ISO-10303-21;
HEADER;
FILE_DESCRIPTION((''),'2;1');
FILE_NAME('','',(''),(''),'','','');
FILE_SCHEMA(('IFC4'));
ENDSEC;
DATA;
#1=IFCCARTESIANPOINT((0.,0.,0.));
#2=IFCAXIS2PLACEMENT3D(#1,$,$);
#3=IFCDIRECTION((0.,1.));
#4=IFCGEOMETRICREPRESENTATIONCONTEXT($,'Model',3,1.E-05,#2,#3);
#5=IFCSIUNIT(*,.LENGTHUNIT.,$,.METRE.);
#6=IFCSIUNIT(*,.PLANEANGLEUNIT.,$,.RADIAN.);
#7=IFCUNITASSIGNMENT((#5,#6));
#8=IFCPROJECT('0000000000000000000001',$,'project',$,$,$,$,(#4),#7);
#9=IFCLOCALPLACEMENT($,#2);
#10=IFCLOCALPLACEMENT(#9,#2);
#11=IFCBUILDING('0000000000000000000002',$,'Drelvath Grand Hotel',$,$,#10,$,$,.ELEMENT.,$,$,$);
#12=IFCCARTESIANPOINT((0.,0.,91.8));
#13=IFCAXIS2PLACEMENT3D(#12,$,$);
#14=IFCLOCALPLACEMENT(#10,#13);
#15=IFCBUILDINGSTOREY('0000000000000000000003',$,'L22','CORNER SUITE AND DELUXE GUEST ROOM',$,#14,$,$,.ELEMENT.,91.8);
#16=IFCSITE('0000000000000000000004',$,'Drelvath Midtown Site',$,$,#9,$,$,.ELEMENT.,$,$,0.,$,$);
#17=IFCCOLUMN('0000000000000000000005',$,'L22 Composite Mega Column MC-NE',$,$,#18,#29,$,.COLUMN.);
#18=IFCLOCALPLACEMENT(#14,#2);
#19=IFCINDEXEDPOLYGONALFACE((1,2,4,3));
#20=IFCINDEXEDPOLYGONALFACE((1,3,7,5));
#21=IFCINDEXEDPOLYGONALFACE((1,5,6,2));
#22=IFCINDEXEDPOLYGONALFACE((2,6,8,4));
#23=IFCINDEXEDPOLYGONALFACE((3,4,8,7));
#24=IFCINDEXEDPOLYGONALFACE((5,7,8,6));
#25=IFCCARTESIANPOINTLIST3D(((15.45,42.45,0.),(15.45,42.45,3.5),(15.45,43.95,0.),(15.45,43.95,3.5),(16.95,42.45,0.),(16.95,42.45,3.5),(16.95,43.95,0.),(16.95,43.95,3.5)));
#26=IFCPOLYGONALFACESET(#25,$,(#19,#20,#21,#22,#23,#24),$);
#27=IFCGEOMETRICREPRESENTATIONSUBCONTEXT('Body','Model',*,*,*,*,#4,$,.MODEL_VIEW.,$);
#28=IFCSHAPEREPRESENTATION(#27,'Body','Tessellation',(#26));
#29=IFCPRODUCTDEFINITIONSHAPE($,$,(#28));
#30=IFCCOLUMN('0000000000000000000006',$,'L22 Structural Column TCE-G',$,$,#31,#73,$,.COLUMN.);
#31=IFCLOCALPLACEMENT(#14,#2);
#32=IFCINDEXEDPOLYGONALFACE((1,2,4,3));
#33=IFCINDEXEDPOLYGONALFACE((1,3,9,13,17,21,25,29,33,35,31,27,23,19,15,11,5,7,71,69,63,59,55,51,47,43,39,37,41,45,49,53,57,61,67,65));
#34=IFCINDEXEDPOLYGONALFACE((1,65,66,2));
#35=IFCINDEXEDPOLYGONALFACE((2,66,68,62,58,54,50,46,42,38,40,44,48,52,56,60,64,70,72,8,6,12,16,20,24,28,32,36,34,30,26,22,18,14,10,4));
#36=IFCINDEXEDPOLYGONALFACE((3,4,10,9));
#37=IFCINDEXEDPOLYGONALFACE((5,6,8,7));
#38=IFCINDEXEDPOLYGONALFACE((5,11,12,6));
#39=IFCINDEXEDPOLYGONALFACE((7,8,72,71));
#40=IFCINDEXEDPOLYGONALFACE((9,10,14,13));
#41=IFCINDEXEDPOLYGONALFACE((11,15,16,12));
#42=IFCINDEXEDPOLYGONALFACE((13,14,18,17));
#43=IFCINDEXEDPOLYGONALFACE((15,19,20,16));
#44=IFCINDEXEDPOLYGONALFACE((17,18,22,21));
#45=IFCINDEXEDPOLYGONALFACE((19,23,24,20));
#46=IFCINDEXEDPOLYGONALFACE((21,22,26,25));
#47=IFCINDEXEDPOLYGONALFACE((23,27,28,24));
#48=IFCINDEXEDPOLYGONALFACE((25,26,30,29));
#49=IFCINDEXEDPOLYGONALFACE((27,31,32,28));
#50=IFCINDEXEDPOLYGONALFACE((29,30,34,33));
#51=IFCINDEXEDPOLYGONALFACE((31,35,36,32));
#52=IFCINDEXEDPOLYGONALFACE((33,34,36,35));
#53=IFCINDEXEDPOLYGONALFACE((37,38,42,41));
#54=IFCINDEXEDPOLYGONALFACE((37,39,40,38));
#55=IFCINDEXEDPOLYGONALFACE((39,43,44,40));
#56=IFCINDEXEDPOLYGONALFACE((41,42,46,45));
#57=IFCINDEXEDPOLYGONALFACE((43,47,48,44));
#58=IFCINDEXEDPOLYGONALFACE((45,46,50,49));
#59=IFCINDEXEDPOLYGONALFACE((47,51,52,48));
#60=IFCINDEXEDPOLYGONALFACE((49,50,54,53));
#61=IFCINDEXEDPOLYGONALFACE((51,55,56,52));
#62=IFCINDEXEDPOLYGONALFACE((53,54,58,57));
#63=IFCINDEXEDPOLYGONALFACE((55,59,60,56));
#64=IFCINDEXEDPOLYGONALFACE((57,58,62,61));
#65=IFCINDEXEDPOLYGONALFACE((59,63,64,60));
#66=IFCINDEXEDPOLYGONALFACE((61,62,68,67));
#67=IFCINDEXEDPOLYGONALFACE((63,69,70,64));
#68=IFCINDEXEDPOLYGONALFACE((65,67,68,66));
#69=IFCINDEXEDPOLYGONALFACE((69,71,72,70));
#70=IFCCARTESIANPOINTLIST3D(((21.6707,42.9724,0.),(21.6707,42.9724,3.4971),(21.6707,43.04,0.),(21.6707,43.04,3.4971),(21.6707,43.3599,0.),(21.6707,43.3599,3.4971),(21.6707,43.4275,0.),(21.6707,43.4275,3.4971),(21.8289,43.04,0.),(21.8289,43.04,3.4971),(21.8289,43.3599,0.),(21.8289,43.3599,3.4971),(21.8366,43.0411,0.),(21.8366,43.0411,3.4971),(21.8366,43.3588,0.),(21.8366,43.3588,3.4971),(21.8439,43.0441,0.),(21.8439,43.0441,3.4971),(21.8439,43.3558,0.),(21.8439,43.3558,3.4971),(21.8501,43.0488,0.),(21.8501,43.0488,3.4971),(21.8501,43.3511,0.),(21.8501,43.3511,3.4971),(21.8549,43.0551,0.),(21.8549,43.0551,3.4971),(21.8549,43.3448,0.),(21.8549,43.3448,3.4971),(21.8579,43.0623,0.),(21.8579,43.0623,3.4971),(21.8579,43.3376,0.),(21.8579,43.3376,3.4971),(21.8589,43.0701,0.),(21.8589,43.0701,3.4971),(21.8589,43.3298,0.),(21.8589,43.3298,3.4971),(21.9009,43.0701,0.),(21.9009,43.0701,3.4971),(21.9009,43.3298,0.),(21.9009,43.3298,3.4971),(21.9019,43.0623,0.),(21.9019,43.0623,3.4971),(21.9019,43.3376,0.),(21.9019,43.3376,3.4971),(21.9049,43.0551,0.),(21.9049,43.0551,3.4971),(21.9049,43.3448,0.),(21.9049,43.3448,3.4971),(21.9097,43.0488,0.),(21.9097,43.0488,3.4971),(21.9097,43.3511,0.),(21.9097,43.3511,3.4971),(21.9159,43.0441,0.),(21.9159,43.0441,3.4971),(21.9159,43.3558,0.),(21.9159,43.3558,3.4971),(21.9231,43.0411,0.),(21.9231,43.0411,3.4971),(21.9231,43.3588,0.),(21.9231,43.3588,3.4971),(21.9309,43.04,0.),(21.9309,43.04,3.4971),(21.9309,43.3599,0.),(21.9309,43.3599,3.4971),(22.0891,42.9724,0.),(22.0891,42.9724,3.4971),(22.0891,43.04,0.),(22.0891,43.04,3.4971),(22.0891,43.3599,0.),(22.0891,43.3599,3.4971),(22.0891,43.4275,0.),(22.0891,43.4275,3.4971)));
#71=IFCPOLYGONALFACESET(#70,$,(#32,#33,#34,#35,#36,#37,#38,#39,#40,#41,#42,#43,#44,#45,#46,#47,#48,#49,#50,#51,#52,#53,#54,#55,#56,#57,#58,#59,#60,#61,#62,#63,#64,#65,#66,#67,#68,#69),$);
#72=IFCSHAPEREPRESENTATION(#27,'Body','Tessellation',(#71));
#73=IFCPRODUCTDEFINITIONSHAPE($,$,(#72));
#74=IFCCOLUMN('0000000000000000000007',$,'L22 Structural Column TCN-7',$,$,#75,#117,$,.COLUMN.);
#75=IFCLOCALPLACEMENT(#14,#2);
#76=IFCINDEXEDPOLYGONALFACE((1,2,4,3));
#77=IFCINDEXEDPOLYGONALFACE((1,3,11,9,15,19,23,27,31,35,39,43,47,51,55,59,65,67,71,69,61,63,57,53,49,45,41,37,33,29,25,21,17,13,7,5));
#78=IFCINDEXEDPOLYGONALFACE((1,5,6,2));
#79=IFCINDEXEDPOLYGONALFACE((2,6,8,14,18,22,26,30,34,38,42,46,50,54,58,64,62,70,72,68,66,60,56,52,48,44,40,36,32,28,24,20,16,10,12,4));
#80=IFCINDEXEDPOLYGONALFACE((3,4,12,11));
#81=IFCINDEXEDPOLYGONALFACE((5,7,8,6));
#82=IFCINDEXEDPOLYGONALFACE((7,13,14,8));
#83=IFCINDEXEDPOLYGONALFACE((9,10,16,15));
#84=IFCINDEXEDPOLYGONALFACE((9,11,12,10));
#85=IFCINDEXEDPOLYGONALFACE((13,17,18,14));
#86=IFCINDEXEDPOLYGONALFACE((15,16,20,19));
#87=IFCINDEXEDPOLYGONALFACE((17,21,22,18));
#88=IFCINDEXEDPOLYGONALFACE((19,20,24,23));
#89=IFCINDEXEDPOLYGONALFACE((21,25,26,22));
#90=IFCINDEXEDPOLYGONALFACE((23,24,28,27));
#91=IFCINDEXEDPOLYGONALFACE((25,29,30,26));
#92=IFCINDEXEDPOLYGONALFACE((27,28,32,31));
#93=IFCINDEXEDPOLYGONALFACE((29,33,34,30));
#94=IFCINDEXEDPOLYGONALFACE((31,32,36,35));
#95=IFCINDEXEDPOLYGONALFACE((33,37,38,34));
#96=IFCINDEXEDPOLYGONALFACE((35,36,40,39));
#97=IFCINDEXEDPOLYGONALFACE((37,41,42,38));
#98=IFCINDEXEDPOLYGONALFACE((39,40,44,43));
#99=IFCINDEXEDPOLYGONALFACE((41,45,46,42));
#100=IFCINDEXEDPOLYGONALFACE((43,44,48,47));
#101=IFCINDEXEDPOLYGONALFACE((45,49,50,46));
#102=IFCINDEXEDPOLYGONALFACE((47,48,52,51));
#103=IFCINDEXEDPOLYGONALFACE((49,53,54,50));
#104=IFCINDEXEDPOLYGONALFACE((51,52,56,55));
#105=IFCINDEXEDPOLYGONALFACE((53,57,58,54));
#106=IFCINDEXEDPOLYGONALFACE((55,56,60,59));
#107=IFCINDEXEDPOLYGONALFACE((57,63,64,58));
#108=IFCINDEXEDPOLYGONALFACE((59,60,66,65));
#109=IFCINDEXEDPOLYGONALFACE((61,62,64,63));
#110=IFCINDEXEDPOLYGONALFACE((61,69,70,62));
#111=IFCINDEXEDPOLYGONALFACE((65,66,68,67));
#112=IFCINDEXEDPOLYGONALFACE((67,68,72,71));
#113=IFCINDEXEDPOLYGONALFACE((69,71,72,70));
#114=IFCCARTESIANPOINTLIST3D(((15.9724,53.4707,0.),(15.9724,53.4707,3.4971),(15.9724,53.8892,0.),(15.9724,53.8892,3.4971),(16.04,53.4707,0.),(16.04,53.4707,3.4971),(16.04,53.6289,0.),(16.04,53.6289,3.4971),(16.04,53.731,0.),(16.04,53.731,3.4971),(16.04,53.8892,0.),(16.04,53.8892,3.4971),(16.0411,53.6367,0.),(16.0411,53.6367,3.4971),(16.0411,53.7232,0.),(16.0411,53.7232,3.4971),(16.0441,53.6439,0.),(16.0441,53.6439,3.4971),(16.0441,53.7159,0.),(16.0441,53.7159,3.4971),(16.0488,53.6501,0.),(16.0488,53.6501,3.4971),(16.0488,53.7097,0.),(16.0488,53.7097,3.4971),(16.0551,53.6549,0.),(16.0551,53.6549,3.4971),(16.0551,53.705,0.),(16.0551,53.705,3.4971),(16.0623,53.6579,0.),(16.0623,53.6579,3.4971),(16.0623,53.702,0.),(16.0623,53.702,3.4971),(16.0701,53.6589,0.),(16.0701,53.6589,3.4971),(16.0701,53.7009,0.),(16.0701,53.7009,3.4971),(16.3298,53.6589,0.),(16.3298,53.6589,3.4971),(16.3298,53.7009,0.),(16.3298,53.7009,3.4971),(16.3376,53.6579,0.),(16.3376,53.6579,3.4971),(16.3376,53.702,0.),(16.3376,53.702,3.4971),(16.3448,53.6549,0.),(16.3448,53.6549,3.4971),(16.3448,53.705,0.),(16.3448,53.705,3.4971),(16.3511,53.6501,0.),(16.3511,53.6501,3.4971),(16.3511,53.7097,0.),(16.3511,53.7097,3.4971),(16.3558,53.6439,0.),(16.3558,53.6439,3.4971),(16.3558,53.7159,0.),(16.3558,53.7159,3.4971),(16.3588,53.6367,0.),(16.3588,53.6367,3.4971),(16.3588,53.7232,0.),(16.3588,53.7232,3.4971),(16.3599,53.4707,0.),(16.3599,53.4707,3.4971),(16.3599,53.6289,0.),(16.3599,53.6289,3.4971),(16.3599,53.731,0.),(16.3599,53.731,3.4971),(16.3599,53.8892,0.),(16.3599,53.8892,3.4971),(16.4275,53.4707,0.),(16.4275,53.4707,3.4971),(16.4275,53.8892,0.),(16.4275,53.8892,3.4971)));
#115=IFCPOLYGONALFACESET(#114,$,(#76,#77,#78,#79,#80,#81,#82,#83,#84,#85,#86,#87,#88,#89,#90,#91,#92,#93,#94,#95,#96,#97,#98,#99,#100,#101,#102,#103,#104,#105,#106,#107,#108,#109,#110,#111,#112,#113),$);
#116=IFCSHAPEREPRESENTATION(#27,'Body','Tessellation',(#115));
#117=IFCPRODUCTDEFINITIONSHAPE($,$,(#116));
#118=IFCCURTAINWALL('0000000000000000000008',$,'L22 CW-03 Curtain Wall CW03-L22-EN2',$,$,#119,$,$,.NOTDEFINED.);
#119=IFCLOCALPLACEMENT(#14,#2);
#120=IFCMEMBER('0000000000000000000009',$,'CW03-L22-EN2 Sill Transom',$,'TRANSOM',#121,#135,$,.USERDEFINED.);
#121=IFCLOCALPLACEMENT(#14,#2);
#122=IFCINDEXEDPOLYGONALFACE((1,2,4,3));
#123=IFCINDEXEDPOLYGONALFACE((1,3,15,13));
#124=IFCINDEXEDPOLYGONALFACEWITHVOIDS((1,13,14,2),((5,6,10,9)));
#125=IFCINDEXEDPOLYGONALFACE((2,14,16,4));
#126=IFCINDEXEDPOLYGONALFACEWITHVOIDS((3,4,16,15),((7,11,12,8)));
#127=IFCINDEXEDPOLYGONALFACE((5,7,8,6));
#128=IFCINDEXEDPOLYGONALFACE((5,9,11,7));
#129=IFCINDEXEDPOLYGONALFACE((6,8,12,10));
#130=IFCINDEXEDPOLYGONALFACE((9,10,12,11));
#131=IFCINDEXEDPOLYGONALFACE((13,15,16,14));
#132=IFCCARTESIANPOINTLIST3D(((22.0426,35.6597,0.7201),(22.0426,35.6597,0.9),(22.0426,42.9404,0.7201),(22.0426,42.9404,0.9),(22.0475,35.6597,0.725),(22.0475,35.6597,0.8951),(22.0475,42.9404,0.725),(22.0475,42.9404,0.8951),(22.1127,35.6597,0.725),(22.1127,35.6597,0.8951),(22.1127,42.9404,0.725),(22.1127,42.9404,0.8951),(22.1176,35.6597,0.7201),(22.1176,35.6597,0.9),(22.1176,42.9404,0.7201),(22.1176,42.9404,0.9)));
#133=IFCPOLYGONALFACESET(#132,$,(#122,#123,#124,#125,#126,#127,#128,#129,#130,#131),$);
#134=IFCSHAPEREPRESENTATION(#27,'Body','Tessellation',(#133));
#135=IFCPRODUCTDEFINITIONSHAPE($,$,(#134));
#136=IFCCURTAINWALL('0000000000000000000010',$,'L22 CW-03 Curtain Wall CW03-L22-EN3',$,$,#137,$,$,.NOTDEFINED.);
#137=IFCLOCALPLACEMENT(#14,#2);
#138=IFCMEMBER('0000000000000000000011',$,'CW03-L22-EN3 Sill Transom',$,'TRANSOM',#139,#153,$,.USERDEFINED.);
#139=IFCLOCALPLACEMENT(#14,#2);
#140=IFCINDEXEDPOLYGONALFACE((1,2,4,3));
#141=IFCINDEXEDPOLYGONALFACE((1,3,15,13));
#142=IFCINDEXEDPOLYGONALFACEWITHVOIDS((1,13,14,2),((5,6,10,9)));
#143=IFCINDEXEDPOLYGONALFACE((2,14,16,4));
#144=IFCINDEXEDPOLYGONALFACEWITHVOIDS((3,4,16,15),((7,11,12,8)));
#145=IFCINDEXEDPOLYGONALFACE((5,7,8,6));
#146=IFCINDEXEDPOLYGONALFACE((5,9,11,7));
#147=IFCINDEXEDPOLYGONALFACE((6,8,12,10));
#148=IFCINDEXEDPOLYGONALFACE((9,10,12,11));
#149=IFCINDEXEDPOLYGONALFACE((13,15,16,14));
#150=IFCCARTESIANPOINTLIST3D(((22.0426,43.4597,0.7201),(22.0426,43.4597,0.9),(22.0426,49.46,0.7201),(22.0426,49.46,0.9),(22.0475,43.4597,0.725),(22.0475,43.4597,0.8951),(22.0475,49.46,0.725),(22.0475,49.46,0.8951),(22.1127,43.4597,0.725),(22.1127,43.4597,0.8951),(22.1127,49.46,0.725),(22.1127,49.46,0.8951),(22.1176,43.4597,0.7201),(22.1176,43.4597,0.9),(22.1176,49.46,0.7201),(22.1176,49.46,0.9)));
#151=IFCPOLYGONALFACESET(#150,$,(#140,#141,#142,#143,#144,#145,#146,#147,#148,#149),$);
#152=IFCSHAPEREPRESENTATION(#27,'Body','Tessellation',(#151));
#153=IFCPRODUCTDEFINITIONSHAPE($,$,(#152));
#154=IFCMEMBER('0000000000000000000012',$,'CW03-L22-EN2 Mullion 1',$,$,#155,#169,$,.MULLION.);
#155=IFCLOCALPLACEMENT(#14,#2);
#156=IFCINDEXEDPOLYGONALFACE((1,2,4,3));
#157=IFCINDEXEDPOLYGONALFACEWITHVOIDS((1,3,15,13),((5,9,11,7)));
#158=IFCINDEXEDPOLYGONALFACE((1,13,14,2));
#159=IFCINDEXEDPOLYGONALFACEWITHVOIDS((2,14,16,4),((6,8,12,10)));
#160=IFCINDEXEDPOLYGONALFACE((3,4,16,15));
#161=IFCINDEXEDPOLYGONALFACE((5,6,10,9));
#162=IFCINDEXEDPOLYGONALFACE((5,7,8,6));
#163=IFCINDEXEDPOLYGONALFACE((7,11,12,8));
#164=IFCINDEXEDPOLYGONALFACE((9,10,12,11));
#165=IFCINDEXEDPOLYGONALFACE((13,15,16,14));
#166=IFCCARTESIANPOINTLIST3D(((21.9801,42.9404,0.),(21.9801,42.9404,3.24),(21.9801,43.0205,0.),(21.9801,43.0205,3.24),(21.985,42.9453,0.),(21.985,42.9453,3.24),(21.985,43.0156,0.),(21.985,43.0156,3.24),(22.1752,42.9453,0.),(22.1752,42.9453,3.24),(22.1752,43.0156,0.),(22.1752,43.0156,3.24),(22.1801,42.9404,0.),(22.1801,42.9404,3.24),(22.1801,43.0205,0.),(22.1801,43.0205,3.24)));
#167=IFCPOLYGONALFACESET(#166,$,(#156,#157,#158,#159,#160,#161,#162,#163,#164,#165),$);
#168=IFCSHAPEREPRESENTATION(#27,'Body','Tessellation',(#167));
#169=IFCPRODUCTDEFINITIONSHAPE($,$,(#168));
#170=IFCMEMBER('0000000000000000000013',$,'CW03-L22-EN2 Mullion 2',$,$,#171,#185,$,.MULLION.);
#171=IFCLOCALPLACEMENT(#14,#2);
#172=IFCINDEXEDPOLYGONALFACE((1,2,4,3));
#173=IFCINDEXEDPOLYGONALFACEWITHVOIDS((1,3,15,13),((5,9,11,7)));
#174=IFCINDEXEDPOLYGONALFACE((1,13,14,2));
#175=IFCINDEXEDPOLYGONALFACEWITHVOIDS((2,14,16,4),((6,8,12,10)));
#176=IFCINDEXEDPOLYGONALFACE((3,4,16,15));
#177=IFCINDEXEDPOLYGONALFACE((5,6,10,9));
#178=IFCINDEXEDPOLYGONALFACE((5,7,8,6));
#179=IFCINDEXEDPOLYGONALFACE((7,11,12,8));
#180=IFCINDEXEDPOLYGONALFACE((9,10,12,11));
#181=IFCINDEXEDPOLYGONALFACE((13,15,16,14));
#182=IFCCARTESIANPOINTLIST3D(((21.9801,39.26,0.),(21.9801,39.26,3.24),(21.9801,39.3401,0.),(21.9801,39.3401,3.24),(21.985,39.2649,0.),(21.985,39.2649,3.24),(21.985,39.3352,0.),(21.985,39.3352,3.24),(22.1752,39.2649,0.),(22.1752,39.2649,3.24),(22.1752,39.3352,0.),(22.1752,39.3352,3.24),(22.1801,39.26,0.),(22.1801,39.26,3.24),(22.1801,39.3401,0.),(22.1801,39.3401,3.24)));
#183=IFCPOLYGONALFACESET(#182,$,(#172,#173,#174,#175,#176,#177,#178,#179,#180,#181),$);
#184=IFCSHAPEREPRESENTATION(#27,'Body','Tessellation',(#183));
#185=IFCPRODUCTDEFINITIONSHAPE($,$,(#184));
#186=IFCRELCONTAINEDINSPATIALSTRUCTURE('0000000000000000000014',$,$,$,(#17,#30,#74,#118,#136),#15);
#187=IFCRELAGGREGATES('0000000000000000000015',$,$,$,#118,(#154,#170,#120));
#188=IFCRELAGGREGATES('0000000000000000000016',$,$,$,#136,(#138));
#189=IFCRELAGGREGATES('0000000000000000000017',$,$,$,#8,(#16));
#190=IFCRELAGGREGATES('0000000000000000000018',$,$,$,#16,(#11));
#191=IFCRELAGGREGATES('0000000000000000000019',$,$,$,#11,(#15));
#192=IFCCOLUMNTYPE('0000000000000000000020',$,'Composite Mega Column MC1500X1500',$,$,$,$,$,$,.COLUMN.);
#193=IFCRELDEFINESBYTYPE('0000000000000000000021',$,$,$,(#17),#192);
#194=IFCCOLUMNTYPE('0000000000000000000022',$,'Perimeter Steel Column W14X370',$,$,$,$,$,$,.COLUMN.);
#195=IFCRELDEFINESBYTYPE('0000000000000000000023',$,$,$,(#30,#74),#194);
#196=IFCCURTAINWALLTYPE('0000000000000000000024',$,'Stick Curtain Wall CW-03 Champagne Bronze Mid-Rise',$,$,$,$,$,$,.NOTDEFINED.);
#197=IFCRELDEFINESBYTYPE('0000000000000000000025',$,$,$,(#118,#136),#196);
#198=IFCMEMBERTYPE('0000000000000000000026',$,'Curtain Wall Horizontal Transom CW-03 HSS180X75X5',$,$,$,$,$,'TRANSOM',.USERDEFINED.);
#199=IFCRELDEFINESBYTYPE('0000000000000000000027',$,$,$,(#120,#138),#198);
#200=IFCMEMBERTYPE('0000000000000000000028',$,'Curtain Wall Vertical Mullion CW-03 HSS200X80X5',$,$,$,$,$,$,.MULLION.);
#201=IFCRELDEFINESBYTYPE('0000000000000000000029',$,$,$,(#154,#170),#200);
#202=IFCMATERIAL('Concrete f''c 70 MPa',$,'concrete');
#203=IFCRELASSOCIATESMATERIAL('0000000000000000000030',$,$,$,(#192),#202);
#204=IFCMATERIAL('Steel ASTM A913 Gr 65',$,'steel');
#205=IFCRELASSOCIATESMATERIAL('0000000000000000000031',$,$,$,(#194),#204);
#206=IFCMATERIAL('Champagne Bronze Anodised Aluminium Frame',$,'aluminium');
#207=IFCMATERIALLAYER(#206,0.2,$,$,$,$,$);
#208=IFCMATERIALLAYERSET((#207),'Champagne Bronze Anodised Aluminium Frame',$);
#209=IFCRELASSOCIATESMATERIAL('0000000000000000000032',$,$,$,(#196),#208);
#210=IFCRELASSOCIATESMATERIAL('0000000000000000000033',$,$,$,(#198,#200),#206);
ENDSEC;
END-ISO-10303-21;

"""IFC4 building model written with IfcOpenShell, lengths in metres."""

from ifc_helpers import new_model, si_unit, direction, frame, origin, origin_2d, place, context, subcontext, project, spatial, rectangle, hollow_rectangle, i_section, extrude, material, layer, layer_set, material_profile, profile_set, type_object, element, aggregate, save


model = new_model("IFC4")

# Units and contexts
model_context = context("Model", 3, precision=1e-05, world=origin(), true_north=direction((0.0, 1.0)))
body_context = subcontext(model_context, "Body", "Model", "MODEL_VIEW")
ifc_project = project(units=[si_unit("LENGTHUNIT", "METRE"), si_unit("PLANEANGLEUNIT", "RADIAN")], contexts=[model_context])

# Site, building, storey
site_placement = place(None, origin())
site = spatial("IfcSite", under=ifc_project, at=site_placement, Name="Drelvath Midtown Site", CompositionType="ELEMENT", RefElevation=0.0)
building_placement = place(site_placement, origin())
building = spatial("IfcBuilding", under=site, at=building_placement, Name="Drelvath Grand Hotel", CompositionType="ELEMENT")
storey_placement = place(building_placement, frame((0.0, 0.0, 91.8)))
storey = spatial("IfcBuildingStorey", under=building, at=storey_placement, Name="L22", Description="CORNER SUITE AND DELUXE GUEST ROOM", CompositionType="ELEMENT", Elevation=91.8)

# Columns
ifc_material_1 = material(Name="Concrete f'c 70 MPa", Category="concrete")
ifc_material_profile_1 = material_profile(ifc_material_1, rectangle(XDim=1.5, YDim=1.5, at=origin_2d()), Name="MC1500X1500")
ifc_profile_set_1 = profile_set([ifc_material_profile_1], Name="Concrete f'c 70 MPa")
column_type_1 = type_object("IfcColumnType", Name="Composite Mega Column MC1500X1500", PredefinedType="COLUMN", material=ifc_profile_set_1)
column_placement = place(storey_placement, frame((16.2, 43.2, 0.0), z_axis=(0.0, 0.0, 1.0), x_axis=(1.0, 0.0, 0.0)))
element("IfcColumn", 1, at=column_placement, inside=storey, type_object=column_type_1, Name="L22 Composite Mega Column MC-NE", PredefinedType="COLUMN", context=body_context, shape_type="SweptSolid", body=[
    extrude(rectangle(XDim=1.5, YDim=1.5, at=origin_2d()), origin(), (0.0, 0.0, 1.0), 3.5),
])
ifc_material_2 = material(Name="Steel ASTM A913 Gr 65", Category="steel")
ifc_material_profile_2 = material_profile(ifc_material_2, i_section(OverallWidth=0.4185, OverallDepth=0.4551, WebThickness=0.042, FlangeThickness=0.0676, FilletRadius=0.03, at=origin_2d()), Name="W14X370")
ifc_profile_set_2 = profile_set([ifc_material_profile_2], Name="Steel ASTM A913 Gr 65")
column_type_2 = type_object("IfcColumnType", Name="Perimeter Steel Column W14X370", PredefinedType="COLUMN", material=ifc_profile_set_2)
for number, where, z_axis, x_axis, name in (
    (2, (21.8799, 43.2, 0.0), (0.0, 0.0, 1.0), (1.0, 0.0, 0.0), "L22 Structural Column TCE-G"),
    (3, (16.2, 53.6799, 0.0), (0.0, 0.0, 1.0), (0.0, 1.0, 0.0), "L22 Structural Column TCN-7"),
):
    element("IfcColumn", number, at=place(storey_placement, frame(where, z_axis=z_axis, x_axis=x_axis)), inside=storey, type_object=column_type_2, Name=name, PredefinedType="COLUMN", context=body_context, shape_type="SweptSolid", body=[
        extrude(i_section(OverallWidth=0.4185, OverallDepth=0.4551, WebThickness=0.042, FlangeThickness=0.0676, FilletRadius=0.03, at=origin_2d()), origin(), (0.0, 0.0, 1.0), 3.4971),
    ])

# Curtain walls, members
ifc_material_3 = material(Name="Champagne Bronze Anodised Aluminium Frame", Category="aluminium")
ifc_layer_1 = layer(ifc_material_3, 0.2)
ifc_layer_set_1 = layer_set([ifc_layer_1], Name="Champagne Bronze Anodised Aluminium Frame")
curtain_wall_type = type_object("IfcCurtainWallType", Name="Stick Curtain Wall CW-03 Champagne Bronze Mid-Rise", PredefinedType="NOTDEFINED", material=ifc_layer_set_1)
curtain_wall_1_placement = place(storey_placement, origin())
curtain_wall_1 = element("IfcCurtainWall", 4, at=curtain_wall_1_placement, inside=storey, type_object=curtain_wall_type, Name="L22 CW-03 Curtain Wall CW03-L22-EN2", PredefinedType="NOTDEFINED")
ifc_material_profile_3 = material_profile(ifc_material_3, hollow_rectangle(XDim=0.075, YDim=0.1799, WallThickness=0.0049, at=origin_2d()), Name="HSS180X75X5")
ifc_profile_set_3 = profile_set([ifc_material_profile_3], Name="Champagne Bronze Anodised Aluminium Frame")
member_type_1 = type_object("IfcMemberType", Name="Curtain Wall Horizontal Transom CW-03 HSS180X75X5", ElementType="TRANSOM", PredefinedType="USERDEFINED", material=ifc_profile_set_3)
member_1_placement = place(storey_placement, frame((22.0801, 42.9404, 0.8101), z_axis=(0.0, -1.0, 0.0), x_axis=(1.0, 0.0, 0.0)))
member_1 = element("IfcMember", 5, at=member_1_placement, type_object=member_type_1, Name="CW03-L22-EN2 Sill Transom", ObjectType="TRANSOM", PredefinedType="USERDEFINED", context=body_context, shape_type="SweptSolid", body=[
    extrude(hollow_rectangle(XDim=0.075, YDim=0.1799, WallThickness=0.0049, at=origin_2d()), origin(), (0.0, 0.0, 1.0), 7.2808),
])
curtain_wall_2_placement = place(storey_placement, origin())
curtain_wall_2 = element("IfcCurtainWall", 6, at=curtain_wall_2_placement, inside=storey, type_object=curtain_wall_type, Name="L22 CW-03 Curtain Wall CW03-L22-EN3", PredefinedType="NOTDEFINED")
member_2_placement = place(storey_placement, frame((22.0801, 49.46, 0.8101), z_axis=(0.0, -1.0, 0.0), x_axis=(1.0, 0.0, 0.0)))
member_2 = element("IfcMember", 7, at=member_2_placement, type_object=member_type_1, Name="CW03-L22-EN3 Sill Transom", ObjectType="TRANSOM", PredefinedType="USERDEFINED", context=body_context, shape_type="SweptSolid", body=[
    extrude(hollow_rectangle(XDim=0.075, YDim=0.1799, WallThickness=0.0049, at=origin_2d()), origin(), (0.0, 0.0, 1.0), 6.0002),
])

# Members
ifc_material_profile_4 = material_profile(ifc_material_3, hollow_rectangle(XDim=0.0801, YDim=0.2, WallThickness=0.0049, at=origin_2d()), Name="HSS200X80X5")
ifc_profile_set_4 = profile_set([ifc_material_profile_4], Name="Champagne Bronze Anodised Aluminium Frame")
member_type_2 = type_object("IfcMemberType", Name="Curtain Wall Vertical Mullion CW-03 HSS200X80X5", PredefinedType="MULLION", material=ifc_profile_set_4)
member_3_placement = place(storey_placement, frame((22.0801, 42.9805, 0.0), z_axis=(0.0, 0.0, 1.0), x_axis=(0.0, 1.0, 0.0)))
member_3 = element("IfcMember", 8, at=member_3_placement, type_object=member_type_2, Name="CW03-L22-EN2 Mullion 1", PredefinedType="MULLION", context=body_context, shape_type="SweptSolid", body=[
    extrude(hollow_rectangle(XDim=0.0801, YDim=0.2, WallThickness=0.0049, at=origin_2d()), origin(), (0.0, 0.0, 1.0), 3.24),
])
member_4_placement = place(storey_placement, frame((22.0801, 39.3, 0.0), z_axis=(0.0, 0.0, 1.0), x_axis=(0.0, 1.0, 0.0)))
member_4 = element("IfcMember", 9, at=member_4_placement, type_object=member_type_2, Name="CW03-L22-EN2 Mullion 2", PredefinedType="MULLION", context=body_context, shape_type="SweptSolid", body=[
    extrude(hollow_rectangle(XDim=0.0801, YDim=0.2, WallThickness=0.0049, at=origin_2d()), origin(), (0.0, 0.0, 1.0), 3.24),
])

aggregate(curtain_wall_1, [member_3, member_4, member_1])
aggregate(curtain_wall_2, [member_2])

save(model, "model.ifc")
